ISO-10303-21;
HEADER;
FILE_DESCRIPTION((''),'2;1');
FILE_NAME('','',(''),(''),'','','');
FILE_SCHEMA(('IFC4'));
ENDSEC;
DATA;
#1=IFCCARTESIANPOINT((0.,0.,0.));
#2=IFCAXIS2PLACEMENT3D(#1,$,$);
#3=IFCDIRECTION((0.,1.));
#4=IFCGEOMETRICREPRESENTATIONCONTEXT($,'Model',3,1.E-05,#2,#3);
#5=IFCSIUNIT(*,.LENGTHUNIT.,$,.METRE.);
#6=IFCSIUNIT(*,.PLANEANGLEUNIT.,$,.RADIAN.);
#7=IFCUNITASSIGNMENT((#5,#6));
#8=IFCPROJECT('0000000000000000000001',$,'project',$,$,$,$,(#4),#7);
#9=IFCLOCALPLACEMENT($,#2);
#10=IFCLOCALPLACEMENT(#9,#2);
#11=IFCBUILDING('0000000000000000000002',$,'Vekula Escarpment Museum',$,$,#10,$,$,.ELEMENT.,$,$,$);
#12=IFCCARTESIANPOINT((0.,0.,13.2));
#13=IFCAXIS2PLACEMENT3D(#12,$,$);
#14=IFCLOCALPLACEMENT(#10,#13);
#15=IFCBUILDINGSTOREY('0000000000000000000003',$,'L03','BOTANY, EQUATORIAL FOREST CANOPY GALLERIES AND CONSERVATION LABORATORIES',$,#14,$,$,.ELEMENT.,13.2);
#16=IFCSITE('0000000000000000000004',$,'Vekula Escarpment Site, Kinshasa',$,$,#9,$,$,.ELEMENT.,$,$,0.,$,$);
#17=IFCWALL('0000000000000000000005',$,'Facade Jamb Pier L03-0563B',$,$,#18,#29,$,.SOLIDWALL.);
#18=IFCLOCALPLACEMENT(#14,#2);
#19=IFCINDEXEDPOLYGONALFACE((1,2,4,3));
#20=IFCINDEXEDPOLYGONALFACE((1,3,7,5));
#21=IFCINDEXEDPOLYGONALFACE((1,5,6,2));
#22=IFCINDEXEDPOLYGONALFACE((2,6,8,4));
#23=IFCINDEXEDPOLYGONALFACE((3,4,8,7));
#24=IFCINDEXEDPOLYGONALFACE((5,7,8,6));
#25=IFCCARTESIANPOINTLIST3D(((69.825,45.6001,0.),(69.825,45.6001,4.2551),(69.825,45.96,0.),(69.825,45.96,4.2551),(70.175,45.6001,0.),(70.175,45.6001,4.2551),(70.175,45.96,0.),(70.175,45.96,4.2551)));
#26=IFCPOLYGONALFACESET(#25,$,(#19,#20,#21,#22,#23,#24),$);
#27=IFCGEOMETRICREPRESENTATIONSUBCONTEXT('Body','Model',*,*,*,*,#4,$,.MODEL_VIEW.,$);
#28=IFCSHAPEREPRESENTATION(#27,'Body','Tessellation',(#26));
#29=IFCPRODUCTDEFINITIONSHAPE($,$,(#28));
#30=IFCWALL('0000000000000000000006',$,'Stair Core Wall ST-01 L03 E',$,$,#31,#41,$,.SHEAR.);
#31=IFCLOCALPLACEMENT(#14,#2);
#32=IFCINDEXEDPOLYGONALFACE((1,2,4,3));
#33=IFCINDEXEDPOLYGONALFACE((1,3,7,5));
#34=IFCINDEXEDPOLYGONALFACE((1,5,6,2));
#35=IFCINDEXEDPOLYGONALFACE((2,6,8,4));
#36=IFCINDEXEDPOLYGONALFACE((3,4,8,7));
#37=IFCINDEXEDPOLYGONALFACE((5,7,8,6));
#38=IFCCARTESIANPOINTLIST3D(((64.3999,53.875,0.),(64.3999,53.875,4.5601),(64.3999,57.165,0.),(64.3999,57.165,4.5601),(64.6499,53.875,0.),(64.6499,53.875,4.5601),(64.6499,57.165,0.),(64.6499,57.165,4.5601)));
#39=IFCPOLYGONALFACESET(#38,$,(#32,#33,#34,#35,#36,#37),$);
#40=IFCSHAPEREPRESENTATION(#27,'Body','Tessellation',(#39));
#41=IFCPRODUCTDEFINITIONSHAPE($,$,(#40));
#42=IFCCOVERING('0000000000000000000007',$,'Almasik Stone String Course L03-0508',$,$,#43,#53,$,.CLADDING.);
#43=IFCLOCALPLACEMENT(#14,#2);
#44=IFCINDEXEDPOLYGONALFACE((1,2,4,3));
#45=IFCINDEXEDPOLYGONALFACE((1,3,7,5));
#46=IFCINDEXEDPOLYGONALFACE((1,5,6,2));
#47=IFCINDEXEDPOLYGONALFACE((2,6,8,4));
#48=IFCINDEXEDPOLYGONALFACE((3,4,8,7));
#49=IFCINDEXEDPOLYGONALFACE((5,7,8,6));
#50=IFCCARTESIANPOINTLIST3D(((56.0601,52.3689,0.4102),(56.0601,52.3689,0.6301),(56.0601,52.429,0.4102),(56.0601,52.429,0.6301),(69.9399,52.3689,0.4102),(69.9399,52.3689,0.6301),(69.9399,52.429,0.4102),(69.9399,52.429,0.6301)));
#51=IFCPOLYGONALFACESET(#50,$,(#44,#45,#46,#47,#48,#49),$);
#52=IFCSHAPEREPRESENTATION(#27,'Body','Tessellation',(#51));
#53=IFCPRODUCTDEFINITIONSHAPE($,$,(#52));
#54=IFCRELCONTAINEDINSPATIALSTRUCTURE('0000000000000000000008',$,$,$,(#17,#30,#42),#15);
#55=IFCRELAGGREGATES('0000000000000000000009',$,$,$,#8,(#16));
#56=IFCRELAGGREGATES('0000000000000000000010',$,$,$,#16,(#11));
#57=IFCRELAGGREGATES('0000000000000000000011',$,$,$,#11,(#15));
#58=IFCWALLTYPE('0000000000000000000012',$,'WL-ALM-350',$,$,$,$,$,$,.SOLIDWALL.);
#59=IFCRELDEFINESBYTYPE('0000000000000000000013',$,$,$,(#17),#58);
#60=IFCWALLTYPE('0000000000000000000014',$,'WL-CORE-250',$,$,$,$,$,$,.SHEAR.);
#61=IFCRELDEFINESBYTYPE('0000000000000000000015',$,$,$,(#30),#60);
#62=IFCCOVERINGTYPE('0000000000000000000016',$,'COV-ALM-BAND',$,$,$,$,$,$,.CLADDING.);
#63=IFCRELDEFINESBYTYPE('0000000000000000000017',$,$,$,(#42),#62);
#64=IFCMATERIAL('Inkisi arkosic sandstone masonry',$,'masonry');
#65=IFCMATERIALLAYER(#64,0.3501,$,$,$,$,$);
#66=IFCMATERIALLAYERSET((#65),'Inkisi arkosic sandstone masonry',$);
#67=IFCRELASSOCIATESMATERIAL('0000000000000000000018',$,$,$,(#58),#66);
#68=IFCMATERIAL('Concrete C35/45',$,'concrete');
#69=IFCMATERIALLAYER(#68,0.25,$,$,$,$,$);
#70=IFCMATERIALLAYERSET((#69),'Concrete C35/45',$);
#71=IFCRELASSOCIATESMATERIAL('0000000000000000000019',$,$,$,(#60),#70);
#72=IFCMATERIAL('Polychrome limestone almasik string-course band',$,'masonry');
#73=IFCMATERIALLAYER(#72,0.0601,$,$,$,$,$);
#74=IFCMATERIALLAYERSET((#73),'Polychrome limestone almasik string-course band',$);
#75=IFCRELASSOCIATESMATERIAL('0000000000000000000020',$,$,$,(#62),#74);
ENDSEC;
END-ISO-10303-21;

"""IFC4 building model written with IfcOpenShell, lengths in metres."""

from ifc_helpers import new_model, si_unit, direction, frame, frame_2d, origin, origin_2d, place, context, subcontext, project, spatial, rectangle, extrude, material, layer, layer_set, type_object, element, save


model = new_model("IFC4")

# Units and contexts
model_context = context("Model", 3, precision=1e-05, world=origin(), true_north=direction((0.0, 1.0)))
body_context = subcontext(model_context, "Body", "Model", "MODEL_VIEW")
ifc_project = project(units=[si_unit("LENGTHUNIT", "METRE"), si_unit("PLANEANGLEUNIT", "RADIAN")], contexts=[model_context])

# Site, building, storey
site_placement = place(None, origin())
site = spatial("IfcSite", under=ifc_project, at=site_placement, Name="Vekula Escarpment Site, Kinshasa", CompositionType="ELEMENT", RefElevation=0.0)
building_placement = place(site_placement, origin())
building = spatial("IfcBuilding", under=site, at=building_placement, Name="Vekula Escarpment Museum", CompositionType="ELEMENT")
storey_placement = place(building_placement, frame((0.0, 0.0, 13.2)))
storey = spatial("IfcBuildingStorey", under=building, at=storey_placement, Name="L03", Description="BOTANY, EQUATORIAL FOREST CANOPY GALLERIES AND CONSERVATION LABORATORIES", CompositionType="ELEMENT", Elevation=13.2)

# Walls
ifc_material_1 = material(Name="Inkisi arkosic sandstone masonry", Category="masonry")
ifc_layer_1 = layer(ifc_material_1, 0.3501)
ifc_layer_set_1 = layer_set([ifc_layer_1], Name="Inkisi arkosic sandstone masonry")
wall_type_1 = type_object("IfcWallType", Name="WL-ALM-350", PredefinedType="SOLIDWALL", material=ifc_layer_set_1)
wall_1_placement = place(storey_placement, frame((70.0, 45.96, 0.0), z_axis=(0.0, 0.0, 1.0), x_axis=(0.0, -1.0, 0.0)))
element("IfcWall", 1, at=wall_1_placement, inside=storey, type_object=wall_type_1, Name="Facade Jamb Pier L03-0563B", PredefinedType="SOLIDWALL", context=body_context, shape_type="SweptSolid", body=[
    extrude(rectangle(XDim=0.3599, YDim=0.3501, at=frame_2d((0.1799, 0.0))), origin(), (0.0, 0.0, 1.0), 4.2551),
])
ifc_material_2 = material(Name="Concrete C35/45", Category="concrete")
ifc_layer_2 = layer(ifc_material_2, 0.25)
ifc_layer_set_2 = layer_set([ifc_layer_2], Name="Concrete C35/45")
wall_type_2 = type_object("IfcWallType", Name="WL-CORE-250", PredefinedType="SHEAR", material=ifc_layer_set_2)
wall_2_placement = place(storey_placement, frame((64.5249, 53.875, 0.0), z_axis=(0.0, 0.0, 1.0), x_axis=(0.0, 1.0, 0.0)))
element("IfcWall", 2, at=wall_2_placement, inside=storey, type_object=wall_type_2, Name="Stair Core Wall ST-01 L03 E", PredefinedType="SHEAR", context=body_context, shape_type="SweptSolid", body=[
    extrude(rectangle(XDim=3.29, YDim=0.25, at=frame_2d((1.645, 0.0))), origin(), (0.0, 0.0, 1.0), 4.5601),
])

# Covering
ifc_material_3 = material(Name="Polychrome limestone almasik string-course band", Category="masonry")
ifc_layer_3 = layer(ifc_material_3, 0.0601)
ifc_layer_set_3 = layer_set([ifc_layer_3], Name="Polychrome limestone almasik string-course band")
covering_type = type_object("IfcCoveringType", Name="COV-ALM-BAND", PredefinedType="CLADDING", material=ifc_layer_set_3)
covering_placement = place(storey_placement, frame((63.0, 52.3989, 0.4102), z_axis=(0.0, 0.0, 1.0), x_axis=(1.0, 0.0, 0.0)))
element("IfcCovering", 3, at=covering_placement, inside=storey, type_object=covering_type, Name="Almasik Stone String Course L03-0508", PredefinedType="CLADDING", context=body_context, shape_type="SweptSolid", body=[
    extrude(rectangle(XDim=13.8799, YDim=0.0601, at=origin_2d()), origin(), (0.0, 0.0, 1.0), 0.22),
])

save(model, "model.ifc")
